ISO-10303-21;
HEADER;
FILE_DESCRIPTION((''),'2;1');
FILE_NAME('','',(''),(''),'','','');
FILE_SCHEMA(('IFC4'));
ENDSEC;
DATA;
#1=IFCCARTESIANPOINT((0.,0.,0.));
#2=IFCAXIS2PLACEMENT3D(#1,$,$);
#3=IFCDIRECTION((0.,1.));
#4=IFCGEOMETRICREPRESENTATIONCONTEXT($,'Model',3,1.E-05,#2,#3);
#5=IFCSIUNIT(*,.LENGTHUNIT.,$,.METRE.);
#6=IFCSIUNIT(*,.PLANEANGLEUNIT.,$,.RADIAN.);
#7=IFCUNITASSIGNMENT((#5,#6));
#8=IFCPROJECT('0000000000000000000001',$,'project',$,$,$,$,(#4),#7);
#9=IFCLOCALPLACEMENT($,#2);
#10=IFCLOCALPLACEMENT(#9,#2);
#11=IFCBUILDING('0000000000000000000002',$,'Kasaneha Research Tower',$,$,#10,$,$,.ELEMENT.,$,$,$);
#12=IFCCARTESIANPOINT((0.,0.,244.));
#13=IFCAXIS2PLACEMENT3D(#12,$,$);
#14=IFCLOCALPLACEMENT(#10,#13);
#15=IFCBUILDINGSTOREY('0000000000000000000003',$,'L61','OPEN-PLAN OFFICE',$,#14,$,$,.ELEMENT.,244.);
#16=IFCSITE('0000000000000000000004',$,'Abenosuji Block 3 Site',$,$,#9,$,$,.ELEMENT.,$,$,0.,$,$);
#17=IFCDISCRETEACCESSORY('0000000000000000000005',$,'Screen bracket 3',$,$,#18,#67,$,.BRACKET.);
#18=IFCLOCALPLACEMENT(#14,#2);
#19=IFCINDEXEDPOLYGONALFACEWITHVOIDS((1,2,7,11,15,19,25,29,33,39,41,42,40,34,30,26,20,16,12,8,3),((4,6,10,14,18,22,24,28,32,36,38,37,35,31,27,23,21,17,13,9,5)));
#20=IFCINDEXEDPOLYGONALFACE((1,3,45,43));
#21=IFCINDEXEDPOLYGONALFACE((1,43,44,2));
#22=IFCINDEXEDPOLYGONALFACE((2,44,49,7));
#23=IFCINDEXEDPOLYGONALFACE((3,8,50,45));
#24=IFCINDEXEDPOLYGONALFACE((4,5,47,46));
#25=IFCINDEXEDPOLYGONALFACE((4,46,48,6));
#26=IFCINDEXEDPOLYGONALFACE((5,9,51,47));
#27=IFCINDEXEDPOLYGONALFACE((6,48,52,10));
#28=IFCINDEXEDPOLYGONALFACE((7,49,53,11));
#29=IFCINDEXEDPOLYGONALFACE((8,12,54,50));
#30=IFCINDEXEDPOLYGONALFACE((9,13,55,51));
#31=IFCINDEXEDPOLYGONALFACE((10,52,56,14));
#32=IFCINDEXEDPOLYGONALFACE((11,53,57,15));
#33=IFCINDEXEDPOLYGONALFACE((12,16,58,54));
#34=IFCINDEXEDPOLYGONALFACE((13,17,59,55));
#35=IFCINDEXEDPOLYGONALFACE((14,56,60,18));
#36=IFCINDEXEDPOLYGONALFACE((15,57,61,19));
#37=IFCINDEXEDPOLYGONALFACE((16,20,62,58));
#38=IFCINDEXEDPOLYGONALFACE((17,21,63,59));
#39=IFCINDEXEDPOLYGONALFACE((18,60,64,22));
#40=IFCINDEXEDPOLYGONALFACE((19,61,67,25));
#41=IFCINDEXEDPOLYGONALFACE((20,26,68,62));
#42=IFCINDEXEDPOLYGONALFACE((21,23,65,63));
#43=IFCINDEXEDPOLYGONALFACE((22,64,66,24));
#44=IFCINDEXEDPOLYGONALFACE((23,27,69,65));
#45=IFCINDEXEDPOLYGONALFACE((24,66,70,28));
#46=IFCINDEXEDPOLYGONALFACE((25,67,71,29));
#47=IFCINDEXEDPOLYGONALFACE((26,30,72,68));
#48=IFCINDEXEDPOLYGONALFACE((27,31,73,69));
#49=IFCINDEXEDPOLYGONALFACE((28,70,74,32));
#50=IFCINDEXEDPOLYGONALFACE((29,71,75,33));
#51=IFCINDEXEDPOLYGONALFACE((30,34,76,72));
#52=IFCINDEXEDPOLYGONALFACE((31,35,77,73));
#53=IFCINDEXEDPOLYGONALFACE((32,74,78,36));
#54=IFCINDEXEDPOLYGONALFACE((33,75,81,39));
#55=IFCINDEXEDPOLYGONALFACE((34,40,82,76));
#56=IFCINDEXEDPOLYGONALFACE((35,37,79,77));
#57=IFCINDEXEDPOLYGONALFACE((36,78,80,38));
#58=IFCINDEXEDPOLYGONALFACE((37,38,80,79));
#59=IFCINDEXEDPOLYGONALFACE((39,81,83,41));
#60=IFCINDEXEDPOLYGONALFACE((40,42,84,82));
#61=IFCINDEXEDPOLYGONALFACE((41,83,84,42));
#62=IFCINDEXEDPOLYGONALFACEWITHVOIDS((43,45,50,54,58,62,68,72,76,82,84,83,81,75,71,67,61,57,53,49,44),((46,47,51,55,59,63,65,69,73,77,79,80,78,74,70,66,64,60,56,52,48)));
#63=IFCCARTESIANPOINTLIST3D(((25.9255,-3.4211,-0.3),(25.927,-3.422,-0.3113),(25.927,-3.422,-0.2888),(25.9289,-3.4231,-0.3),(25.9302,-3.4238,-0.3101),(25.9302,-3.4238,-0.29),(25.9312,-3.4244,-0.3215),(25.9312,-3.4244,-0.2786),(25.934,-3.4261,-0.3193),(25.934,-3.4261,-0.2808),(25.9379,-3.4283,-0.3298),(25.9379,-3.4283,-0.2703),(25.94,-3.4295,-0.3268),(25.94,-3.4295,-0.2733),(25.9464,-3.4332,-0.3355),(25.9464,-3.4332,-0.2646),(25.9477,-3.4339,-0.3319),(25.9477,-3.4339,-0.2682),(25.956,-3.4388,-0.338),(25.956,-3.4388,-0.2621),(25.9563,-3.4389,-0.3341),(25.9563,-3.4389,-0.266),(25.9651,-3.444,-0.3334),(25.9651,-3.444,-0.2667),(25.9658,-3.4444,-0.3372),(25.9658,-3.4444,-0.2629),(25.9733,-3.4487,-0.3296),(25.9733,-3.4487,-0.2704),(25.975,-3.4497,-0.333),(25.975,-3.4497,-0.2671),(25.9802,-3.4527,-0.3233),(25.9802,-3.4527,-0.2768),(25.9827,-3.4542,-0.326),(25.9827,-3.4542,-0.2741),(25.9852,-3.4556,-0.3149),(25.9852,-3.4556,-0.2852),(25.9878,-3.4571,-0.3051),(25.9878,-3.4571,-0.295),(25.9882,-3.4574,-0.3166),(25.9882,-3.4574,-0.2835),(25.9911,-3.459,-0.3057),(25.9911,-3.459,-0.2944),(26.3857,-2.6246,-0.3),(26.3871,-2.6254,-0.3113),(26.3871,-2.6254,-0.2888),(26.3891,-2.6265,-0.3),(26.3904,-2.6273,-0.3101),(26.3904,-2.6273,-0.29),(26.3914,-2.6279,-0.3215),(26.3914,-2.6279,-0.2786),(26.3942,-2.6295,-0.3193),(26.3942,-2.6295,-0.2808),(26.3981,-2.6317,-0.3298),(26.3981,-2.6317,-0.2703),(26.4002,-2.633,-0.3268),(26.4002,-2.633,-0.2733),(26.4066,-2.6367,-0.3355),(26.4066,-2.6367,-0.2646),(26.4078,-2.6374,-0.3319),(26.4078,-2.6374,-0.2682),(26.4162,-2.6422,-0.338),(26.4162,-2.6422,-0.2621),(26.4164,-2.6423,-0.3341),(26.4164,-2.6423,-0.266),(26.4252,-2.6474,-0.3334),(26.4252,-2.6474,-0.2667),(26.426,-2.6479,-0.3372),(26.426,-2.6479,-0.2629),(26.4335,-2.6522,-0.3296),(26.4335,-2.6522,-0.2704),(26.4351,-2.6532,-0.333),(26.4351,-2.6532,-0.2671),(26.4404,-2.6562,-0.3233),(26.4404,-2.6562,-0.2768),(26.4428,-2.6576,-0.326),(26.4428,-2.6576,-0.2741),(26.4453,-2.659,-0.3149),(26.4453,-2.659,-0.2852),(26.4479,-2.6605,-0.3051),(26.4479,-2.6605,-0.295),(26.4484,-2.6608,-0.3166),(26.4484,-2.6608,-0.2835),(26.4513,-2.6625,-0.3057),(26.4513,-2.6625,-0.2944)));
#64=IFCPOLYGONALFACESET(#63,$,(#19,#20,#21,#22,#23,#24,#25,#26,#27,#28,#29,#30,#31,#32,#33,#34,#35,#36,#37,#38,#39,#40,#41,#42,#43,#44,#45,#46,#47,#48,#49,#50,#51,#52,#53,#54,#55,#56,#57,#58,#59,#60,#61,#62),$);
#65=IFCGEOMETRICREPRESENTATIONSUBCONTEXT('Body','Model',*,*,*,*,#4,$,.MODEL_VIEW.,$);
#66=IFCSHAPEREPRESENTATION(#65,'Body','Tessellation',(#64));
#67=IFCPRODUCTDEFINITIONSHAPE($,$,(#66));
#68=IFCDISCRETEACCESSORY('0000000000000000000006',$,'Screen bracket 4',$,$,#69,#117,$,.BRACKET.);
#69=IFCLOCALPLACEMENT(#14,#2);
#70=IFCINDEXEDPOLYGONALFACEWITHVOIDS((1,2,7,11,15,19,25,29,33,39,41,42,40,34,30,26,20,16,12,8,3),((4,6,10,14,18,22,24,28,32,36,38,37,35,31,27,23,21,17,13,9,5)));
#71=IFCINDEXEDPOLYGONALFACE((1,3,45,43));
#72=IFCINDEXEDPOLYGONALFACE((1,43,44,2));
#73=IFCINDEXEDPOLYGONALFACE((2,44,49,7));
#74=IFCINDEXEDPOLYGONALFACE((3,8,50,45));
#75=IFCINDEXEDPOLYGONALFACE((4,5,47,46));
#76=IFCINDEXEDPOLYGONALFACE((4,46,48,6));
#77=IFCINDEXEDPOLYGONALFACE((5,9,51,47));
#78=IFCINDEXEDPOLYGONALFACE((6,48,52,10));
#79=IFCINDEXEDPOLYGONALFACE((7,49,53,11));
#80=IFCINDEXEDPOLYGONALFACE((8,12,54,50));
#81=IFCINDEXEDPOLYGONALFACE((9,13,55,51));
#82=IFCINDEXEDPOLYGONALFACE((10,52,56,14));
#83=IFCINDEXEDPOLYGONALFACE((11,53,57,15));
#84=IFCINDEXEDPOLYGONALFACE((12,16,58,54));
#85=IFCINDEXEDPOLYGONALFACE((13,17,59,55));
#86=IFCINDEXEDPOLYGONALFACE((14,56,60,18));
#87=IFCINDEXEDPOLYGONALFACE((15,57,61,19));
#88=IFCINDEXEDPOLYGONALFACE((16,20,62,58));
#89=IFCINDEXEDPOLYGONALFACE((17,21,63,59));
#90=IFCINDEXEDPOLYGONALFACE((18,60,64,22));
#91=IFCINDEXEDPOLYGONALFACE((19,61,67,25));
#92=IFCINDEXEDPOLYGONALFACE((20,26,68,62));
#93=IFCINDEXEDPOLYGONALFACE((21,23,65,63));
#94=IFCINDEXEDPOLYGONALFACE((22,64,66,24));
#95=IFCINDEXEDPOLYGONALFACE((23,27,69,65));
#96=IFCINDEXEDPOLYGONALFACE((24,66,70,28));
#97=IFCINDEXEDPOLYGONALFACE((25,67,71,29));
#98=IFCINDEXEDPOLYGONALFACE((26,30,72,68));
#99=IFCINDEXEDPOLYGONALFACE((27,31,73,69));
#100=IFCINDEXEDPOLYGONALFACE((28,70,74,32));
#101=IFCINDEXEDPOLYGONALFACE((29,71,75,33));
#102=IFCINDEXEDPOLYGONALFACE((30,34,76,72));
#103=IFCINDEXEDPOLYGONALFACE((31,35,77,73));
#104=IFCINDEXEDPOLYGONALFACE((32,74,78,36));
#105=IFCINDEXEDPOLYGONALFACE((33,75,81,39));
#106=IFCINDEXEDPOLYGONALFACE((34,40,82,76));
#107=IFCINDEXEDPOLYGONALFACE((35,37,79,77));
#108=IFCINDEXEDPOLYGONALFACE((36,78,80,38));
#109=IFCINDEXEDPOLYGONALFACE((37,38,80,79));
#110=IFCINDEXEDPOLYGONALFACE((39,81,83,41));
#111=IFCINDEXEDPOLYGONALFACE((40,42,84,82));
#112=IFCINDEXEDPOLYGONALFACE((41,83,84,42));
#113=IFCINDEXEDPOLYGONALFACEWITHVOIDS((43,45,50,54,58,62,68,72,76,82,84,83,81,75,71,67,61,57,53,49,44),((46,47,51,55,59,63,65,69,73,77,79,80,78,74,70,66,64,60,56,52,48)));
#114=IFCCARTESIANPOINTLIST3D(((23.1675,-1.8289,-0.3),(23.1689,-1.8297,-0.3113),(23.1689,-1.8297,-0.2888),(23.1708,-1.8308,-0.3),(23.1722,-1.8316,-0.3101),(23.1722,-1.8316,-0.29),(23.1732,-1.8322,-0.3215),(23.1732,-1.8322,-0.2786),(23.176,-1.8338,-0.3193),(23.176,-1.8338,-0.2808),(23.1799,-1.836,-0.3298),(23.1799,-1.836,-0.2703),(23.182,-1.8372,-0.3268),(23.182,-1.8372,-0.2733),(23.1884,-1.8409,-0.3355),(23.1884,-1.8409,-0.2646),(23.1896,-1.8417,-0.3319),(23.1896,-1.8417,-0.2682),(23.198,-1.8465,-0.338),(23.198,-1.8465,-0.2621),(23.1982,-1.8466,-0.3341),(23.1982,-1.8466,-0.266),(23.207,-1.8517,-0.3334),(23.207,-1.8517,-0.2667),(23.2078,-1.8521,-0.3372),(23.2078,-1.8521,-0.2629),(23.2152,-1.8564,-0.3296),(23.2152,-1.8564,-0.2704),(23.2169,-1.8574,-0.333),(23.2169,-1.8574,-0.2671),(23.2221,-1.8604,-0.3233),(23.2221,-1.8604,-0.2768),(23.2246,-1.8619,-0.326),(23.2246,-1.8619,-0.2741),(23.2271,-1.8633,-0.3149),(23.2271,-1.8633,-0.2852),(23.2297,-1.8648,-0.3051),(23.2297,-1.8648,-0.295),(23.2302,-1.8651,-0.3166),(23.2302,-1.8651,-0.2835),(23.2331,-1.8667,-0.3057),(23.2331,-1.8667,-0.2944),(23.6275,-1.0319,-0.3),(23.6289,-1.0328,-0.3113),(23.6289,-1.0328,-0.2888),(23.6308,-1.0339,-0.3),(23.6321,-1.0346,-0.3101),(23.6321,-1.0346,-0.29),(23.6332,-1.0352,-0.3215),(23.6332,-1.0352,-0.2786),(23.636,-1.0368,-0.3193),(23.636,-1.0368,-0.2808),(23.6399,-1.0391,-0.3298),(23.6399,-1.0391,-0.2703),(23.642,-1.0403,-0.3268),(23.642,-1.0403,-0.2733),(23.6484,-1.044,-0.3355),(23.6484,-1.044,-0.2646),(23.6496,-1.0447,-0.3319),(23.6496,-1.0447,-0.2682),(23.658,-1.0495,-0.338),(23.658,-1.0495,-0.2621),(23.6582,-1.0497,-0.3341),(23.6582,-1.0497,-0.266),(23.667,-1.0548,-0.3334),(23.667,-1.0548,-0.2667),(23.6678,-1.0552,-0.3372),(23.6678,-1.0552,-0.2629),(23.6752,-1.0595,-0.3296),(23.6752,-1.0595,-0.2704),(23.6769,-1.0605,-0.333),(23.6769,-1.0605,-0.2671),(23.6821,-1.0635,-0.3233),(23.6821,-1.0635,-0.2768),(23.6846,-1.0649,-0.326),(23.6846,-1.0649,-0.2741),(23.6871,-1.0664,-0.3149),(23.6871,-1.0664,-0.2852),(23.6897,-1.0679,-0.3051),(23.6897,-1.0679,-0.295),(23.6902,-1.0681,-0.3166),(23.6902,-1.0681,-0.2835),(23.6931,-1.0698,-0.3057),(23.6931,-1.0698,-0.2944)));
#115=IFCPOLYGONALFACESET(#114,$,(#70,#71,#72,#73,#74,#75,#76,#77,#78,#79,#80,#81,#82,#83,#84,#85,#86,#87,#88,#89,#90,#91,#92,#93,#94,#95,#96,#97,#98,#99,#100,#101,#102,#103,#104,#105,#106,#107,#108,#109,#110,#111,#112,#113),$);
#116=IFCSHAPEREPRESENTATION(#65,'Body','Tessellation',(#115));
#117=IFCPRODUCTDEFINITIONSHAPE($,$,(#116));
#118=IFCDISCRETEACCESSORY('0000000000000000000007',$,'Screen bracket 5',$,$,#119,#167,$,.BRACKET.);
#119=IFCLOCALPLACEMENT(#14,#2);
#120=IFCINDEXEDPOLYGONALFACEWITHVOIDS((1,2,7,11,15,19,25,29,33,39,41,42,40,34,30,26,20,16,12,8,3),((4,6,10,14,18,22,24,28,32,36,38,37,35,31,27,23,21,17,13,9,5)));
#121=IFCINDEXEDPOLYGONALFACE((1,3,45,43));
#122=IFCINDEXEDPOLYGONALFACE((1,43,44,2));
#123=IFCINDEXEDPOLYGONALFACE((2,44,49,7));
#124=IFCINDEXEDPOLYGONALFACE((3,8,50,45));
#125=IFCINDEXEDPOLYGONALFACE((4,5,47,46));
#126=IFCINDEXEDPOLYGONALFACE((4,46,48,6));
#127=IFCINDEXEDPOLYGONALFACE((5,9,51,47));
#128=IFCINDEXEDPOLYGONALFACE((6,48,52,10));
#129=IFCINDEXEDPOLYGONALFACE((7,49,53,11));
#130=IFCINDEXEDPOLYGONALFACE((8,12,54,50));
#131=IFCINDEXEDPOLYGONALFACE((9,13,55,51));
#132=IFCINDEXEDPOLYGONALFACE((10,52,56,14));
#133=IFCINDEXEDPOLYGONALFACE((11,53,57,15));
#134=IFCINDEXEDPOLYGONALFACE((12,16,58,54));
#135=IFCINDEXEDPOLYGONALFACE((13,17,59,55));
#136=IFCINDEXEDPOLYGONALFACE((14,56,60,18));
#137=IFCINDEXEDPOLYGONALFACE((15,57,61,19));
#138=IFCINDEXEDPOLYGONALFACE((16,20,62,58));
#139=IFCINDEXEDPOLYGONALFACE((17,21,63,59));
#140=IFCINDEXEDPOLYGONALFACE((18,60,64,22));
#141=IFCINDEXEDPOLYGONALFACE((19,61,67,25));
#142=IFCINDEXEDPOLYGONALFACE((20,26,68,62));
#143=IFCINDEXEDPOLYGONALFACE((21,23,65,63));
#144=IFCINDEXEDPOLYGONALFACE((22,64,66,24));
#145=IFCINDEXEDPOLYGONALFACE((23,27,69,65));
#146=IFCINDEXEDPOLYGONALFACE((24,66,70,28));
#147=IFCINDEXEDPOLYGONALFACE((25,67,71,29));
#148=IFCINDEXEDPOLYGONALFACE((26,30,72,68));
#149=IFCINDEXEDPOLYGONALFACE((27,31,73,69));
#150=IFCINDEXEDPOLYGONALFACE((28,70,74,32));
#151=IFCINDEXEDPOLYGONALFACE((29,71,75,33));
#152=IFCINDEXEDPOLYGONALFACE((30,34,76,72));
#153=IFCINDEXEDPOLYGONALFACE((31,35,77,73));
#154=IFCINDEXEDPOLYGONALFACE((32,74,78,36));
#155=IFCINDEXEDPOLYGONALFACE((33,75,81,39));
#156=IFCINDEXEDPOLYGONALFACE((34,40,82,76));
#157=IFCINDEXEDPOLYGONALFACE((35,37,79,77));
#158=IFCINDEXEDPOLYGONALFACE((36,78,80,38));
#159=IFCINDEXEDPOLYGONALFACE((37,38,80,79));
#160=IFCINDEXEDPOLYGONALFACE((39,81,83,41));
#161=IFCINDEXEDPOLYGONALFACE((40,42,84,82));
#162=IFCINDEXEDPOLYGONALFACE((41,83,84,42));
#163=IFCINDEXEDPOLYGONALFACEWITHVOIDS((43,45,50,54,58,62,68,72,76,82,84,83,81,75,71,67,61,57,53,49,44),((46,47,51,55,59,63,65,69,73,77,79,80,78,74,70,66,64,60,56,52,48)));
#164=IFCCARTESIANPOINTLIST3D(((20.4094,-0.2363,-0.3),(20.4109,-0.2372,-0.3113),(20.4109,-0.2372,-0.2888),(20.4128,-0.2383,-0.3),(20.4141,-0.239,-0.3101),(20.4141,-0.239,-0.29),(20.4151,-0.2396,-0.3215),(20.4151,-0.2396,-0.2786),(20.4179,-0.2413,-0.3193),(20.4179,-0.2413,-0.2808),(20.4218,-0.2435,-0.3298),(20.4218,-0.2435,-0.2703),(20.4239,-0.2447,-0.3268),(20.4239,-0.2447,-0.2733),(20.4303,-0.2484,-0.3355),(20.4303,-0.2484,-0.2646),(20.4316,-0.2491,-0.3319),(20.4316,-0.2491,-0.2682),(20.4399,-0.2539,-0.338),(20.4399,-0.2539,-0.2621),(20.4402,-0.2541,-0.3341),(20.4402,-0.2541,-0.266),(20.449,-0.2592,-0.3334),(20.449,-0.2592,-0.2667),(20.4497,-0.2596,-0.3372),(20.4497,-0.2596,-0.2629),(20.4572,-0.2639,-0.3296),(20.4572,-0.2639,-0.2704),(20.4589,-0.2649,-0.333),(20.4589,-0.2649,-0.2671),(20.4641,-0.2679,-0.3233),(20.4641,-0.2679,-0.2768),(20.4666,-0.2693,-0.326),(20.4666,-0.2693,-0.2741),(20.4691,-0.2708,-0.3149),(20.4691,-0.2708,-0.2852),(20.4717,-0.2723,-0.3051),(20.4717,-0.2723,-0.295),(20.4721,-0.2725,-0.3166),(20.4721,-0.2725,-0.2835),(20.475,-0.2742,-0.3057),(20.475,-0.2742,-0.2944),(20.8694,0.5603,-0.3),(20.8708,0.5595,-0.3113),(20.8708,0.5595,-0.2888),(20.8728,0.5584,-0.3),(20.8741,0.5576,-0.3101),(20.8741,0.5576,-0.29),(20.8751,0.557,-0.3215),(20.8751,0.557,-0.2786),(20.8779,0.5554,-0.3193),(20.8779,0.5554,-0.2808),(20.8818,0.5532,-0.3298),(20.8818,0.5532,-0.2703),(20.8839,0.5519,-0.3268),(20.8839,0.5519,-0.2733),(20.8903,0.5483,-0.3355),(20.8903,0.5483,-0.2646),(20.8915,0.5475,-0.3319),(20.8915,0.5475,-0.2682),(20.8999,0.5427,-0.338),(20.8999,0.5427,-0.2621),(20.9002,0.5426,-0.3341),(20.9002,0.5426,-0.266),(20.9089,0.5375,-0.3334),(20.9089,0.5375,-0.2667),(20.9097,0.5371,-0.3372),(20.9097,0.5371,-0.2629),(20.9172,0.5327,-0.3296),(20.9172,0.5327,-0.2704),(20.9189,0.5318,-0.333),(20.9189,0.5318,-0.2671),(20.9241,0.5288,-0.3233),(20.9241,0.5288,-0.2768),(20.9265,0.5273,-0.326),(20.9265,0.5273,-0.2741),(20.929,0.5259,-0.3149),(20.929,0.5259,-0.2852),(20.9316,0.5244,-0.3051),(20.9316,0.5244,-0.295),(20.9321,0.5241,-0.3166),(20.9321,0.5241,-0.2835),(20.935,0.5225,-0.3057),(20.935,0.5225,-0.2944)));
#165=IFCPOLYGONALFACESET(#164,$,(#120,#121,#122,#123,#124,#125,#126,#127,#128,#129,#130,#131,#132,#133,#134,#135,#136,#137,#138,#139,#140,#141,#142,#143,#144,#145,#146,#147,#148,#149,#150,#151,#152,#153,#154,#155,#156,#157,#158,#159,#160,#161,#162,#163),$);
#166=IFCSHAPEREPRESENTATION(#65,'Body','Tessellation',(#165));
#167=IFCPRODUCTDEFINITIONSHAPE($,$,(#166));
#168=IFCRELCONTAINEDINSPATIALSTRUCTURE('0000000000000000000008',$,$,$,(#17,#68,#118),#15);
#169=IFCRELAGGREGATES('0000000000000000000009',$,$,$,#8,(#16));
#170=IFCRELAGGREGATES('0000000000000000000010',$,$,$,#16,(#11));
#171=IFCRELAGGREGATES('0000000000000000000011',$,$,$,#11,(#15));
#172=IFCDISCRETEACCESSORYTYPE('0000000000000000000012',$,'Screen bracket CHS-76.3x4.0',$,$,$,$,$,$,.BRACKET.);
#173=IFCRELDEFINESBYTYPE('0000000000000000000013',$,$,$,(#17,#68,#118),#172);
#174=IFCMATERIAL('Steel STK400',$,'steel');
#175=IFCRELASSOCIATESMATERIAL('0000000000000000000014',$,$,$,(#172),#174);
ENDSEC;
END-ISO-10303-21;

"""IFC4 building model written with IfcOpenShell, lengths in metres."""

from ifc_helpers import new_model, si_unit, direction, frame, origin, origin_2d, place, context, subcontext, project, spatial, hollow_circle, extrude, material, material_profile, profile_set, type_object, element, save


model = new_model("IFC4")

# Units and contexts
model_context = context("Model", 3, precision=1e-05, world=origin(), true_north=direction((0.0, 1.0)))
body_context = subcontext(model_context, "Body", "Model", "MODEL_VIEW")
ifc_project = project(units=[si_unit("LENGTHUNIT", "METRE"), si_unit("PLANEANGLEUNIT", "RADIAN")], contexts=[model_context])

# Site, building, storey
site_placement = place(None, origin())
site = spatial("IfcSite", under=ifc_project, at=site_placement, Name="Abenosuji Block 3 Site", CompositionType="ELEMENT", RefElevation=0.0)
building_placement = place(site_placement, origin())
building = spatial("IfcBuilding", under=site, at=building_placement, Name="Kasaneha Research Tower", CompositionType="ELEMENT")
storey_placement = place(building_placement, frame((0.0, 0.0, 244.0)))
storey = spatial("IfcBuildingStorey", under=building, at=storey_placement, Name="L61", Description="OPEN-PLAN OFFICE", CompositionType="ELEMENT", Elevation=244.0)

# Discrete accessories
ifc_material_1 = material(Name="Steel STK400", Category="steel")
ifc_material_profile_1 = material_profile(ifc_material_1, hollow_circle(Radius=0.0381, WallThickness=0.0039, at=origin_2d()), Name="CHS-76.3x4.0")
ifc_profile_set_1 = profile_set([ifc_material_profile_1], Name="Steel STK400")
discrete_accessory_type = type_object("IfcDiscreteAccessoryType", Name="Screen bracket CHS-76.3x4.0", PredefinedType="BRACKET", material=ifc_profile_set_1)
for number, where, z_axis, x_axis, name in (
    (1, (25.9585, -3.4402, -0.3), (0.50022, 0.865898, 0.0), (-0.865898, 0.50022, 0.0), "Screen bracket 3"),
):
    element("IfcDiscreteAccessory", number, at=place(storey_placement, frame(where, z_axis=z_axis, x_axis=x_axis)), inside=storey, type_object=discrete_accessory_type, Name=name, PredefinedType="BRACKET", context=body_context, shape_type="SweptSolid", body=[
        extrude(hollow_circle(Radius=0.0381, WallThickness=0.0039, at=origin_2d()), origin(), (0.0, 0.0, 1.0), 0.9199),
    ])
discrete_accessory_1_placement = place(storey_placement, frame((23.2004, -1.8479, -0.3), z_axis=(0.499906, 0.86608, 0.0), x_axis=(-0.86608, 0.499906, 0.0)))
element("IfcDiscreteAccessory", 2, at=discrete_accessory_1_placement, inside=storey, type_object=discrete_accessory_type, Name="Screen bracket 4", PredefinedType="BRACKET", context=body_context, shape_type="SweptSolid", body=[
    extrude(hollow_circle(Radius=0.0381, WallThickness=0.0039, at=origin_2d()), origin(), (0.0, 0.0, 1.0), 0.9202),
])
discrete_accessory_2_placement = place(storey_placement, frame((20.4424, -0.2554, -0.3), z_axis=(0.500021, 0.866013, 0.0), x_axis=(-0.866013, 0.500021, 0.0)))
element("IfcDiscreteAccessory", 3, at=discrete_accessory_2_placement, inside=storey, type_object=discrete_accessory_type, Name="Screen bracket 5", PredefinedType="BRACKET", context=body_context, shape_type="SweptSolid", body=[
    extrude(hollow_circle(Radius=0.0381, WallThickness=0.0039, at=origin_2d()), origin(), (0.0, 0.0, 1.0), 0.9199),
])

save(model, "model.ifc")
